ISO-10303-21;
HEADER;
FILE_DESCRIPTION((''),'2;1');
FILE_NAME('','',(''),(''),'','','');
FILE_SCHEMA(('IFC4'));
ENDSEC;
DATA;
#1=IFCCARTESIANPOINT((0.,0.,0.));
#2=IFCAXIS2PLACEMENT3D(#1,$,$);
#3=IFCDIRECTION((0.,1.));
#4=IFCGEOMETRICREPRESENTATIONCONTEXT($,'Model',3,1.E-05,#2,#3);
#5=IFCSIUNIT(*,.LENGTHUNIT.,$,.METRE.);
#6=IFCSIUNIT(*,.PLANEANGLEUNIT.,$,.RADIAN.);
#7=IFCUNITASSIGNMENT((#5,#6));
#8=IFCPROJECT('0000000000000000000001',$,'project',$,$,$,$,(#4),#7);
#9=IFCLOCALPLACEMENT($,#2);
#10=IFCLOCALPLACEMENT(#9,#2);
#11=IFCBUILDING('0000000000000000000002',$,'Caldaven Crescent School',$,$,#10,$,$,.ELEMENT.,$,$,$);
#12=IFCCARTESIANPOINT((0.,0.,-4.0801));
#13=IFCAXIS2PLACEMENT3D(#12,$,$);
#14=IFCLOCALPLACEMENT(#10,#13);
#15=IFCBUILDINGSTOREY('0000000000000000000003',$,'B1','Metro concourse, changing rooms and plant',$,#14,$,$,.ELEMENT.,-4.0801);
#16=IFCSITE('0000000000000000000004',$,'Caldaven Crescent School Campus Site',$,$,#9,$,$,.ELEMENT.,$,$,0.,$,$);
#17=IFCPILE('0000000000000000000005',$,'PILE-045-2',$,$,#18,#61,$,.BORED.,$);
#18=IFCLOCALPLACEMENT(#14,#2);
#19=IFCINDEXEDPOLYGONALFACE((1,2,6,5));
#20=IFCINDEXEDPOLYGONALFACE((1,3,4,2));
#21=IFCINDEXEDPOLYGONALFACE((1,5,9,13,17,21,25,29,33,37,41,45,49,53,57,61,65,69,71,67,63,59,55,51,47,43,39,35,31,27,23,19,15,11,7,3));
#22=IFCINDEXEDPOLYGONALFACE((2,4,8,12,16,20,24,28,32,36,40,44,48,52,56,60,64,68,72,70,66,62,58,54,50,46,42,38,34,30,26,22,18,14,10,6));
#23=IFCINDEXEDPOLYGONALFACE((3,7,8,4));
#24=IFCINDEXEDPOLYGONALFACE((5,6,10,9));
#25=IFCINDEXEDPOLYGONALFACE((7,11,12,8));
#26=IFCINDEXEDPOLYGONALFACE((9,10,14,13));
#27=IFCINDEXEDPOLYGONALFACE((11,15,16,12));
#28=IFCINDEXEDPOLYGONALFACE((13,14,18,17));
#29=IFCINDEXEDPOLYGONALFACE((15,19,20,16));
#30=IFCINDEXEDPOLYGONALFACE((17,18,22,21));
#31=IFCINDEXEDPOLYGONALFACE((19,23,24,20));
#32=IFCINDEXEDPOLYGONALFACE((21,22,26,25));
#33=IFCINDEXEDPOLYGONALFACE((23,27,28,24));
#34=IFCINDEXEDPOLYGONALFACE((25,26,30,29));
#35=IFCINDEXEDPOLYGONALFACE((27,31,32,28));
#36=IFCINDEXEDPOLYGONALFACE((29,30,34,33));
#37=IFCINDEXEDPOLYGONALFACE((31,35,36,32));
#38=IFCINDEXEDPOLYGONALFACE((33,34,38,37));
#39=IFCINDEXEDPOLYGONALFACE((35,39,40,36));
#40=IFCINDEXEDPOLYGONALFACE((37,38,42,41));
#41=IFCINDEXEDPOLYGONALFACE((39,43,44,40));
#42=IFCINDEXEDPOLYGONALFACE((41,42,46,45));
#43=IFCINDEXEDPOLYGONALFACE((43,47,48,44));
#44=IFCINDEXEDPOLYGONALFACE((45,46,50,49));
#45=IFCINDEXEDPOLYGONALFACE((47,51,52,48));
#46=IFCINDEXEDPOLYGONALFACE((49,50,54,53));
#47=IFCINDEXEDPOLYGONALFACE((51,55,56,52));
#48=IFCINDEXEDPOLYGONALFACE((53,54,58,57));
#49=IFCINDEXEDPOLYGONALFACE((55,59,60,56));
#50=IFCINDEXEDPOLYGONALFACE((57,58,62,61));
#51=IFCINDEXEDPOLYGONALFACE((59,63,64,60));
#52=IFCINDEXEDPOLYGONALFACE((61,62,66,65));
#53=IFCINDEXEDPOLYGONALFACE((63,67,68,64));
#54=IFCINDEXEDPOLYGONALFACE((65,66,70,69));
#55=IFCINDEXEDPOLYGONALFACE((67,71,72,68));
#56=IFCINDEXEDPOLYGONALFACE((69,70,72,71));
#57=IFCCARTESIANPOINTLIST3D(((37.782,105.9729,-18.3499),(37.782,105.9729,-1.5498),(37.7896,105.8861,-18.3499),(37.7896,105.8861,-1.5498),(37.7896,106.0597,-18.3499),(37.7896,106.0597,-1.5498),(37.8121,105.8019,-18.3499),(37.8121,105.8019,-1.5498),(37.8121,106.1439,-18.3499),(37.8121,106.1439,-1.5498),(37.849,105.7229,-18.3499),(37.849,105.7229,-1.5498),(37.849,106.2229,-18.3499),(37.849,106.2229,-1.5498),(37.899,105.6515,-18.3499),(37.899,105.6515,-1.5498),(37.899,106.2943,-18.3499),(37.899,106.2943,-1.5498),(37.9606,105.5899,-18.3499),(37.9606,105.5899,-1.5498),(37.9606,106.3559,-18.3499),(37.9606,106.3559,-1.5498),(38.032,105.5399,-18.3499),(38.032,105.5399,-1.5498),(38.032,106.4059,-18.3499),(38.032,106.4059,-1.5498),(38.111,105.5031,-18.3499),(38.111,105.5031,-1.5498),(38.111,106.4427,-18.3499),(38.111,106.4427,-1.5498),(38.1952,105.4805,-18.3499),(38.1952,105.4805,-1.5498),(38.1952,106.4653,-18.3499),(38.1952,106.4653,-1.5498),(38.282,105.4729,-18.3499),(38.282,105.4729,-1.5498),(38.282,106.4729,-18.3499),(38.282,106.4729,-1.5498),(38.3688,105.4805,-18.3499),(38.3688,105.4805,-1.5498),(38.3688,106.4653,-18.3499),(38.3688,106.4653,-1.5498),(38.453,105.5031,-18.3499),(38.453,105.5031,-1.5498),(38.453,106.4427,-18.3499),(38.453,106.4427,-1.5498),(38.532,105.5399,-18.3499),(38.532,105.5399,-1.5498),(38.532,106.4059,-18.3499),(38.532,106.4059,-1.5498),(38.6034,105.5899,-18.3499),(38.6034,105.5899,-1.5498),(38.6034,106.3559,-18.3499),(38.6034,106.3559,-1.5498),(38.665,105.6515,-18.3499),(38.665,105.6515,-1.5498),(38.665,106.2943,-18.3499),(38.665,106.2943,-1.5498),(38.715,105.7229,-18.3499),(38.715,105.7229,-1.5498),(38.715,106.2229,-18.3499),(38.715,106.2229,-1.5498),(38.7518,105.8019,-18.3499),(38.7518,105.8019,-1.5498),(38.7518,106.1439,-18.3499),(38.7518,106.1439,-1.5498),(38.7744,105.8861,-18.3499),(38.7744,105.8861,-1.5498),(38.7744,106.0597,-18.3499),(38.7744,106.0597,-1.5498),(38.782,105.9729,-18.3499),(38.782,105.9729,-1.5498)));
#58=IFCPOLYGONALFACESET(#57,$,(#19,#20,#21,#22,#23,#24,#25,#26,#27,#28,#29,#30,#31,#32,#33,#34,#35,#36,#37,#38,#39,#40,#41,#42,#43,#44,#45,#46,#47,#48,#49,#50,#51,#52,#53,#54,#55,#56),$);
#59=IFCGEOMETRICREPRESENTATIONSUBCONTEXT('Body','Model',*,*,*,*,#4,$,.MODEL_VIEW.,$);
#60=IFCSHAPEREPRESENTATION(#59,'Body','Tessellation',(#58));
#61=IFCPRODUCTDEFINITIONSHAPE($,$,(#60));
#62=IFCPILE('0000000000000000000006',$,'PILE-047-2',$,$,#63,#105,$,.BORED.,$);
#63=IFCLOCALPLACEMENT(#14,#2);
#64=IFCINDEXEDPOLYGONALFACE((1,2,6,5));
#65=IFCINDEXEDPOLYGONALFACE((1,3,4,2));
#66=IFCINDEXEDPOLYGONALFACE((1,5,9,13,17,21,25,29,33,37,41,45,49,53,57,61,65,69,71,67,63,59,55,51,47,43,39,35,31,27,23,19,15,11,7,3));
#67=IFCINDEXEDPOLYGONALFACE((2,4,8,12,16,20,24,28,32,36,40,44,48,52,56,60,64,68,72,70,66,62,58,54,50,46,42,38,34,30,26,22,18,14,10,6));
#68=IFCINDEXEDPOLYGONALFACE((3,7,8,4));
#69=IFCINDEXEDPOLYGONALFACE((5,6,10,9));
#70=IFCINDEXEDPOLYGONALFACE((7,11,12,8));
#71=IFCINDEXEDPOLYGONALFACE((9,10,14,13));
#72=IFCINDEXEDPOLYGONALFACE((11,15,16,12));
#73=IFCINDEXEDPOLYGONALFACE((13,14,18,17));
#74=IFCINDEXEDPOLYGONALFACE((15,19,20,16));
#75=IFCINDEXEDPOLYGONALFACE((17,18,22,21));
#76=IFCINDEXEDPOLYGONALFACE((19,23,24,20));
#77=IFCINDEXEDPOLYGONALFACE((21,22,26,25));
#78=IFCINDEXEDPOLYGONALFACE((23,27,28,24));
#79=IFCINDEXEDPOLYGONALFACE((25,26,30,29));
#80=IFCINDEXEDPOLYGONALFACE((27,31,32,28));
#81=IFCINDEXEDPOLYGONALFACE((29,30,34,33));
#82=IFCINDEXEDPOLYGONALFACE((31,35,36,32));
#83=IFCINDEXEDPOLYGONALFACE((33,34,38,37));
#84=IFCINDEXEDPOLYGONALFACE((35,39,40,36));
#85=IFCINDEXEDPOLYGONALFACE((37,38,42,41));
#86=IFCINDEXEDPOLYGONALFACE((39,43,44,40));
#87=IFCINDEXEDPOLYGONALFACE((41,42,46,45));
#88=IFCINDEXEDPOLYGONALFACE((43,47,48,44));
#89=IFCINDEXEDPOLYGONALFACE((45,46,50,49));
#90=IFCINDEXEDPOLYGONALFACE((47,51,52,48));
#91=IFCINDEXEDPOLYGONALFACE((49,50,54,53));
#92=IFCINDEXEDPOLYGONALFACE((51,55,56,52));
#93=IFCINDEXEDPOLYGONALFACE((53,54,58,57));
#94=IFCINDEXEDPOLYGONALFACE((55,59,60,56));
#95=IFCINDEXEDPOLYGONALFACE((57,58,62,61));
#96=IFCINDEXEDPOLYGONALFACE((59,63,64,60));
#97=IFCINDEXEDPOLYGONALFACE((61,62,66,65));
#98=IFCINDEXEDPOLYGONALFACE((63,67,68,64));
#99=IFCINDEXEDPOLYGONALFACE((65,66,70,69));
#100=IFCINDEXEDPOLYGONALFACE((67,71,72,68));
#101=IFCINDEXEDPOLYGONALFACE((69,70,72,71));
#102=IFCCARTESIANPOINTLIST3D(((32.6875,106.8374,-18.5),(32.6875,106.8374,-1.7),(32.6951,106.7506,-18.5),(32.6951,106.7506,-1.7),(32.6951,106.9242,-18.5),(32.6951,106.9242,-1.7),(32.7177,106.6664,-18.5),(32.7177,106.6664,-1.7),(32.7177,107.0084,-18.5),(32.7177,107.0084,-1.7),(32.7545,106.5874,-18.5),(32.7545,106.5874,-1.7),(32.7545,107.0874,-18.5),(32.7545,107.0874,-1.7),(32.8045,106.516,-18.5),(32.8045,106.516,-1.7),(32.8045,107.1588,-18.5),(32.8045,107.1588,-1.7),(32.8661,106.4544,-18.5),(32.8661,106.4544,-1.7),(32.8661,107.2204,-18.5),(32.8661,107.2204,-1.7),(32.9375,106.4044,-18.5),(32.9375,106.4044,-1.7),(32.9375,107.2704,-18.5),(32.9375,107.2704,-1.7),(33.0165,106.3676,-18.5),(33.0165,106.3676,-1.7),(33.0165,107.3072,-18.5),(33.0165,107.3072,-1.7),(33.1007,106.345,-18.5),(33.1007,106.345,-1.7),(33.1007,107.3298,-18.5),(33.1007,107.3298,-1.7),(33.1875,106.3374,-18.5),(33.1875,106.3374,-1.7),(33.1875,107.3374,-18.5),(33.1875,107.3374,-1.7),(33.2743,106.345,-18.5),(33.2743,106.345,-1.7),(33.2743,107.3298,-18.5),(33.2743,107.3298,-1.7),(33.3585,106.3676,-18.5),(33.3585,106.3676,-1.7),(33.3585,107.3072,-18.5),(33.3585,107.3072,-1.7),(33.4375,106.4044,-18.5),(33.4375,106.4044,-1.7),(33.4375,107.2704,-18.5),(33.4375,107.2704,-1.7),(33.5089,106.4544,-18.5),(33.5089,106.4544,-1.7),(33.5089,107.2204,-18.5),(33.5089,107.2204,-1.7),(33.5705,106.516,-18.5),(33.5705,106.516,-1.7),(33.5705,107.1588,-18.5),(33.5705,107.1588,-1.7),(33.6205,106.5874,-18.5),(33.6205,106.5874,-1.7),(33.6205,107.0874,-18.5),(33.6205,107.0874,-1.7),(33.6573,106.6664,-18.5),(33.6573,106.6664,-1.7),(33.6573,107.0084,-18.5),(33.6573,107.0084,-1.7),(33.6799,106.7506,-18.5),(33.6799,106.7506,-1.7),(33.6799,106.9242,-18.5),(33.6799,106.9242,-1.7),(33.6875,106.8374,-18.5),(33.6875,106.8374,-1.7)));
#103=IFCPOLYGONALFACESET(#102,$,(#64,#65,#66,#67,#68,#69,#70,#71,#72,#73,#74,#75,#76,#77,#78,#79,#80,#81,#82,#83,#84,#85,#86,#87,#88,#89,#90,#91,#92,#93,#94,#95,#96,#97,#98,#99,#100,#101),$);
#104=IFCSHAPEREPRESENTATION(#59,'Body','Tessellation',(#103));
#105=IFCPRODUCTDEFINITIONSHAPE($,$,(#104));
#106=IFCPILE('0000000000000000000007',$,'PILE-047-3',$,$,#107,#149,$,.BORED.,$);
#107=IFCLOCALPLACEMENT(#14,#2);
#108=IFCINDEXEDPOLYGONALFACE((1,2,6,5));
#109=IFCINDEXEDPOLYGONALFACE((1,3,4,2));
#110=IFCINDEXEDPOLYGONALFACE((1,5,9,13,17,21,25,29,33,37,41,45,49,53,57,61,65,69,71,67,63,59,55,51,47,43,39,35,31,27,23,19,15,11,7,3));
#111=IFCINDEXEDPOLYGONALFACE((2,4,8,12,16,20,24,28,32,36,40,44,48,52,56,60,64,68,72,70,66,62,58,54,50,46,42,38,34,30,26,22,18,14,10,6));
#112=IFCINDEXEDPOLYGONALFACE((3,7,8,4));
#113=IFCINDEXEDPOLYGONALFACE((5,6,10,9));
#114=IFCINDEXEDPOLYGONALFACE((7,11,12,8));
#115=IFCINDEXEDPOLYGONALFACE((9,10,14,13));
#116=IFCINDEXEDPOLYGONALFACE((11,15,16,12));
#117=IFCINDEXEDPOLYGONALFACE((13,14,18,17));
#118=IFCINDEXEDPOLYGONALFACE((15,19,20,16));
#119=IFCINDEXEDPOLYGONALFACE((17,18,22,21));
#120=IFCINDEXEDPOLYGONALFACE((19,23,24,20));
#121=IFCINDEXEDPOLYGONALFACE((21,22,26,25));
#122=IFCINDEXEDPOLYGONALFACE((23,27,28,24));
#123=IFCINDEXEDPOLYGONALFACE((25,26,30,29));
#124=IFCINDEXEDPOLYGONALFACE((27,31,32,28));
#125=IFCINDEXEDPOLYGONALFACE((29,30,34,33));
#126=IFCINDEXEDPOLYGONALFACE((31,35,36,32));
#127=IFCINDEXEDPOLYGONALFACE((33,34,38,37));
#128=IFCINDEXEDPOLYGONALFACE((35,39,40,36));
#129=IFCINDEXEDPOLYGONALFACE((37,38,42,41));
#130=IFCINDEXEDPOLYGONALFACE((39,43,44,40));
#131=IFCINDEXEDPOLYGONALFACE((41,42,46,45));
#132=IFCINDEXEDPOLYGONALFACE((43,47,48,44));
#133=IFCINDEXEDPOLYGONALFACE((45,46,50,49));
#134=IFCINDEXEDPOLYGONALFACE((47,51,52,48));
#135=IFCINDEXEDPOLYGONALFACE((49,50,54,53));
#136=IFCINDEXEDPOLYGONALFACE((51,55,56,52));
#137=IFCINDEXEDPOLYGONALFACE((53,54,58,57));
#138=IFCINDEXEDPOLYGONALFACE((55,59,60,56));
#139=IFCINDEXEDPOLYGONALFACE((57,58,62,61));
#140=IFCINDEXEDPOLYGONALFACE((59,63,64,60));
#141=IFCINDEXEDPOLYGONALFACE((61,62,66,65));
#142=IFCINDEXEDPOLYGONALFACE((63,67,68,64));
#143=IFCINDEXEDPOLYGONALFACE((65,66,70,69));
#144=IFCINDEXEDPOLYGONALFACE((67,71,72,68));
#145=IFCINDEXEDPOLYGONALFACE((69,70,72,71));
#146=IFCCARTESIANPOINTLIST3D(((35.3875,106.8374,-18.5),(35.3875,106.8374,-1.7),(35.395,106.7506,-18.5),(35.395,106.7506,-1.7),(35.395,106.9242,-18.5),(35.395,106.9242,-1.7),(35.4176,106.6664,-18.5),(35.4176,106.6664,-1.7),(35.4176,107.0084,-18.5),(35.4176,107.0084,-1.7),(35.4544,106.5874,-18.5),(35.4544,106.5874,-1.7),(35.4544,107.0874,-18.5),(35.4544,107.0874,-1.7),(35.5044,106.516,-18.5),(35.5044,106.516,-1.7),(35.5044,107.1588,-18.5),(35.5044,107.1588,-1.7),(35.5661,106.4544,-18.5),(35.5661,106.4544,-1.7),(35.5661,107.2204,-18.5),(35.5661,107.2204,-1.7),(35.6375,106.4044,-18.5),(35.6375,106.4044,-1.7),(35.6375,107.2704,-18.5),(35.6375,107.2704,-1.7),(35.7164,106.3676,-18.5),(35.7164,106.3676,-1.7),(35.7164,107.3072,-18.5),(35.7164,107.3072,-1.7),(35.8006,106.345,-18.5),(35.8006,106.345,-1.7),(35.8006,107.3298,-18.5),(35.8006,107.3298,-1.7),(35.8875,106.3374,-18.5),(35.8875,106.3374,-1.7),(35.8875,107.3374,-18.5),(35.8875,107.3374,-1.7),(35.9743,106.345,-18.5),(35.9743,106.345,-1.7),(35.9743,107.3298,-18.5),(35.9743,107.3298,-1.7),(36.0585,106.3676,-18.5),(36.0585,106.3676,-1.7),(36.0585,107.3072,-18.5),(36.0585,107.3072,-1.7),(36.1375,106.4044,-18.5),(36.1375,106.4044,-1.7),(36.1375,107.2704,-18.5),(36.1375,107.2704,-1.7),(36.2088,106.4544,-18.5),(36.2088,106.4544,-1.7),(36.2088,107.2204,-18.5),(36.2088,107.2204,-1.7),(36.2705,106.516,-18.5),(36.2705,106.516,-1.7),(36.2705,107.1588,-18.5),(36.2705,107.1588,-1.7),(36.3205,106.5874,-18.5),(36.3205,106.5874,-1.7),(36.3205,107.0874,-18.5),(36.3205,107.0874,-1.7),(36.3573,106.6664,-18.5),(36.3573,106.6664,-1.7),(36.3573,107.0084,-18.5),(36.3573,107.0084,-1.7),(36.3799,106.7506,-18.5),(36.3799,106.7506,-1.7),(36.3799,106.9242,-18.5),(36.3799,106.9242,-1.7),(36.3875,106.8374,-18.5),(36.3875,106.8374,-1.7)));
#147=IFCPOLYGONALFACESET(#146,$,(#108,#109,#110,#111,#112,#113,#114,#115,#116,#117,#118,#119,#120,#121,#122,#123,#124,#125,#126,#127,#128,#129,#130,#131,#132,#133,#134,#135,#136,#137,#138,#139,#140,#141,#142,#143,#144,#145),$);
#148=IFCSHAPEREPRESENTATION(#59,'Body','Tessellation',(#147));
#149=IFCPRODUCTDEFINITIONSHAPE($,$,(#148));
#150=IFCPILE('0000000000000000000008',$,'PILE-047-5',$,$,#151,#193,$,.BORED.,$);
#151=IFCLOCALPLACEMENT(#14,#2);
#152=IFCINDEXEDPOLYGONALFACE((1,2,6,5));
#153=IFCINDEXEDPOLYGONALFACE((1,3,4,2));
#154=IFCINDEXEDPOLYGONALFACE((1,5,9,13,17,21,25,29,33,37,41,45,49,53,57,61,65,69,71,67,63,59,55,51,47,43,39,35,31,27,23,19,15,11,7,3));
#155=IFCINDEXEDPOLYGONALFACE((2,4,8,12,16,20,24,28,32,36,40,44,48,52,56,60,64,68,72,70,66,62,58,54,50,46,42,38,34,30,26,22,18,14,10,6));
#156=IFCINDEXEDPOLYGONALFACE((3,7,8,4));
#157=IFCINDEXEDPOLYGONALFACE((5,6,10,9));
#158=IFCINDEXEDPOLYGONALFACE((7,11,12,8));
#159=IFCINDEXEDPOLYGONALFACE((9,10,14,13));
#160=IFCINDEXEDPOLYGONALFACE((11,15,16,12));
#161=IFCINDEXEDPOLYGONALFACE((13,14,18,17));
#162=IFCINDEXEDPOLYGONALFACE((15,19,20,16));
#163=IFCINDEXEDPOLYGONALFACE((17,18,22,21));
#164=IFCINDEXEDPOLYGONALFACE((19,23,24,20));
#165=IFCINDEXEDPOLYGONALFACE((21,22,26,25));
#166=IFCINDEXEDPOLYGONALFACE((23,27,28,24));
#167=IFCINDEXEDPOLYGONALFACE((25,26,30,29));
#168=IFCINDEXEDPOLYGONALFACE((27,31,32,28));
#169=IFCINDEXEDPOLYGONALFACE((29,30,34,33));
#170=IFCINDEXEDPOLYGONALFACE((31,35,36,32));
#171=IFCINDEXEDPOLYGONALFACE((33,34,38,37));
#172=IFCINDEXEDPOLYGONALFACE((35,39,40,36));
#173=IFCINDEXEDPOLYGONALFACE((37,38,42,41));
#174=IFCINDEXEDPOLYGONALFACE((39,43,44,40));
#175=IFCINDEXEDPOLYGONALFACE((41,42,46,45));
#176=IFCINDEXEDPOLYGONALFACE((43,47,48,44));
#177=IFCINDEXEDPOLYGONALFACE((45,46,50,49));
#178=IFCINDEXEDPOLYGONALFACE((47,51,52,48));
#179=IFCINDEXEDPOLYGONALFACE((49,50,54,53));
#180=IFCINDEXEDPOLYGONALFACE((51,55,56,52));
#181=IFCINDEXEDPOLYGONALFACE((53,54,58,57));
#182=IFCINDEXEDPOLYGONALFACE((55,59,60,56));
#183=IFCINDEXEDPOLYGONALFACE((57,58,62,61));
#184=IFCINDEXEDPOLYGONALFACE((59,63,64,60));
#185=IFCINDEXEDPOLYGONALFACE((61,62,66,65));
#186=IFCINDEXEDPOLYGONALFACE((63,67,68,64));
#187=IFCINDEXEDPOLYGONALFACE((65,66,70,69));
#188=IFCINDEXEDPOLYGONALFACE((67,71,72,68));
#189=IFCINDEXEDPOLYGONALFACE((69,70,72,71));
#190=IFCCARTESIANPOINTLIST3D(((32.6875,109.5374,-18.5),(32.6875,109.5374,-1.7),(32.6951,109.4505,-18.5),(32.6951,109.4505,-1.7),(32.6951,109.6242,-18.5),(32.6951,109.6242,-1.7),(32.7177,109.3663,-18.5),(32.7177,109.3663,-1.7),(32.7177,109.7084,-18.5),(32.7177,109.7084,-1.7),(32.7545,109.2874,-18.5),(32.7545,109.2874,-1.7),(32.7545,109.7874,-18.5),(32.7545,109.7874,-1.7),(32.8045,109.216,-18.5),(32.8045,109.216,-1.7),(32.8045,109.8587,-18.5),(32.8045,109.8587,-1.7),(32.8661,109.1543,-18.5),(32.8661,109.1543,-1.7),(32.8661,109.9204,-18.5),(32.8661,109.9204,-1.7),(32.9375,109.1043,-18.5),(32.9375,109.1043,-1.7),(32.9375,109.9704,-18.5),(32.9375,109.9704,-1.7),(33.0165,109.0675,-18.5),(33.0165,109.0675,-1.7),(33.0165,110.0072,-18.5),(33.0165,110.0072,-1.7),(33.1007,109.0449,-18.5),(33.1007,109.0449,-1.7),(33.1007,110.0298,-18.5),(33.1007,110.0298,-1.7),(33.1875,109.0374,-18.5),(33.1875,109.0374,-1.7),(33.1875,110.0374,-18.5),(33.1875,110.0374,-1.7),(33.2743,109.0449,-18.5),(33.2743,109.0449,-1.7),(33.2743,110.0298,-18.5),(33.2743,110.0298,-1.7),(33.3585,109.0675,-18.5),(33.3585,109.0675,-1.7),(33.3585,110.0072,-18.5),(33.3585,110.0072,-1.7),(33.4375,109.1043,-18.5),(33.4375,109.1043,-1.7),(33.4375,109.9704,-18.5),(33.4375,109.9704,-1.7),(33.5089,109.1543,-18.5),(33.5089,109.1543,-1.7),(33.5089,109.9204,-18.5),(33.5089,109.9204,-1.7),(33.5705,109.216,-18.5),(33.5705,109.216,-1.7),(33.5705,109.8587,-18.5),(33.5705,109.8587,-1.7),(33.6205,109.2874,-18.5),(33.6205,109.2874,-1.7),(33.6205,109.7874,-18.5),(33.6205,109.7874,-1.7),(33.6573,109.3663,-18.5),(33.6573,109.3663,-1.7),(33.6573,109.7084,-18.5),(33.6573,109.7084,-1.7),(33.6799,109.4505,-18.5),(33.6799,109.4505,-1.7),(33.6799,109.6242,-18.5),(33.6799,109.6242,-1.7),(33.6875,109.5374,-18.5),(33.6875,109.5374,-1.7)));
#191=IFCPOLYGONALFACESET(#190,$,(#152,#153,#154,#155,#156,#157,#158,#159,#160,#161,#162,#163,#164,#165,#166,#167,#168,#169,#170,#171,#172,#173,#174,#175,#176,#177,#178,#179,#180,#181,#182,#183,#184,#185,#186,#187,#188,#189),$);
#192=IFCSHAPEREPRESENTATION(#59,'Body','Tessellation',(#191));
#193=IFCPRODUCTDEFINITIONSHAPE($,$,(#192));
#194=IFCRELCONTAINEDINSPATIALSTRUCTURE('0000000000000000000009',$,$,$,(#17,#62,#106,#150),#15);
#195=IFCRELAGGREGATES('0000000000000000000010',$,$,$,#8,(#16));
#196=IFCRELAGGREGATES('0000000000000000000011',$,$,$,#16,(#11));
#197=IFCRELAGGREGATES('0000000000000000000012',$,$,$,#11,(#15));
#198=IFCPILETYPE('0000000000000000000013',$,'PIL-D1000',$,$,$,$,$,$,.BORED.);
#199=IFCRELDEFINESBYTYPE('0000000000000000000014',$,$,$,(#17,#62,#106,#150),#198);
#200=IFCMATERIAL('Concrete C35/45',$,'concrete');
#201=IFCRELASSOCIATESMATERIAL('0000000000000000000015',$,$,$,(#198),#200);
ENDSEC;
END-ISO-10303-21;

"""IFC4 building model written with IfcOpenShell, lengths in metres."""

from ifc_helpers import new_model, si_unit, direction, frame, origin, origin_2d, place, context, subcontext, project, spatial, circle, extrude, material, material_profile, profile_set, type_object, element, save


model = new_model("IFC4")

# Units and contexts
model_context = context("Model", 3, precision=1e-05, world=origin(), true_north=direction((0.0, 1.0)))
body_context = subcontext(model_context, "Body", "Model", "MODEL_VIEW")
ifc_project = project(units=[si_unit("LENGTHUNIT", "METRE"), si_unit("PLANEANGLEUNIT", "RADIAN")], contexts=[model_context])

# Site, building, storey
site_placement = place(None, origin())
site = spatial("IfcSite", under=ifc_project, at=site_placement, Name="Caldaven Crescent School Campus Site", CompositionType="ELEMENT", RefElevation=0.0)
building_placement = place(site_placement, origin())
building = spatial("IfcBuilding", under=site, at=building_placement, Name="Caldaven Crescent School", CompositionType="ELEMENT")
storey_placement = place(building_placement, frame((0.0, 0.0, -4.0801)))
storey = spatial("IfcBuildingStorey", under=building, at=storey_placement, Name="B1", Description="Metro concourse, changing rooms and plant", CompositionType="ELEMENT", Elevation=-4.0801)

# Shared definitions
ifc_material_1 = material(Name="Concrete C35/45", Category="concrete")

# Piles
ifc_material_profile_1 = material_profile(ifc_material_1, circle(Radius=0.5, at=origin_2d()), Name="PILE D1000")
ifc_profile_set_1 = profile_set([ifc_material_profile_1], Name="Concrete C35/45")
pile_type_1 = type_object("IfcPileType", Name="PIL-D1000", PredefinedType="BORED", material=ifc_profile_set_1)
for number, where, z_axis, x_axis, name in (
    (1, (38.282, 105.9729, -1.5498), (0.0, 0.0, -1.0), (1.0, 0.0, 0.0), "PILE-045-2"),
    (2, (33.1875, 106.8374, -1.7), (0.0, 0.0, -1.0), (1.0, 0.0, 0.0), "PILE-047-2"),
    (3, (35.8875, 106.8374, -1.7), (0.0, 0.0, -1.0), (1.0, 0.0, 0.0), "PILE-047-3"),
    (4, (33.1875, 109.5374, -1.7), (0.0, 0.0, -1.0), (1.0, 0.0, 0.0), "PILE-047-5"),
):
    element("IfcPile", number, at=place(storey_placement, frame(where, z_axis=z_axis, x_axis=x_axis)), inside=storey, type_object=pile_type_1, Name=name, PredefinedType="BORED", context=body_context, shape_type="SweptSolid", body=[
        extrude(circle(Radius=0.5, at=origin_2d()), origin(), (0.0, 0.0, 1.0), 16.8),
    ])

save(model, "model.ifc")
